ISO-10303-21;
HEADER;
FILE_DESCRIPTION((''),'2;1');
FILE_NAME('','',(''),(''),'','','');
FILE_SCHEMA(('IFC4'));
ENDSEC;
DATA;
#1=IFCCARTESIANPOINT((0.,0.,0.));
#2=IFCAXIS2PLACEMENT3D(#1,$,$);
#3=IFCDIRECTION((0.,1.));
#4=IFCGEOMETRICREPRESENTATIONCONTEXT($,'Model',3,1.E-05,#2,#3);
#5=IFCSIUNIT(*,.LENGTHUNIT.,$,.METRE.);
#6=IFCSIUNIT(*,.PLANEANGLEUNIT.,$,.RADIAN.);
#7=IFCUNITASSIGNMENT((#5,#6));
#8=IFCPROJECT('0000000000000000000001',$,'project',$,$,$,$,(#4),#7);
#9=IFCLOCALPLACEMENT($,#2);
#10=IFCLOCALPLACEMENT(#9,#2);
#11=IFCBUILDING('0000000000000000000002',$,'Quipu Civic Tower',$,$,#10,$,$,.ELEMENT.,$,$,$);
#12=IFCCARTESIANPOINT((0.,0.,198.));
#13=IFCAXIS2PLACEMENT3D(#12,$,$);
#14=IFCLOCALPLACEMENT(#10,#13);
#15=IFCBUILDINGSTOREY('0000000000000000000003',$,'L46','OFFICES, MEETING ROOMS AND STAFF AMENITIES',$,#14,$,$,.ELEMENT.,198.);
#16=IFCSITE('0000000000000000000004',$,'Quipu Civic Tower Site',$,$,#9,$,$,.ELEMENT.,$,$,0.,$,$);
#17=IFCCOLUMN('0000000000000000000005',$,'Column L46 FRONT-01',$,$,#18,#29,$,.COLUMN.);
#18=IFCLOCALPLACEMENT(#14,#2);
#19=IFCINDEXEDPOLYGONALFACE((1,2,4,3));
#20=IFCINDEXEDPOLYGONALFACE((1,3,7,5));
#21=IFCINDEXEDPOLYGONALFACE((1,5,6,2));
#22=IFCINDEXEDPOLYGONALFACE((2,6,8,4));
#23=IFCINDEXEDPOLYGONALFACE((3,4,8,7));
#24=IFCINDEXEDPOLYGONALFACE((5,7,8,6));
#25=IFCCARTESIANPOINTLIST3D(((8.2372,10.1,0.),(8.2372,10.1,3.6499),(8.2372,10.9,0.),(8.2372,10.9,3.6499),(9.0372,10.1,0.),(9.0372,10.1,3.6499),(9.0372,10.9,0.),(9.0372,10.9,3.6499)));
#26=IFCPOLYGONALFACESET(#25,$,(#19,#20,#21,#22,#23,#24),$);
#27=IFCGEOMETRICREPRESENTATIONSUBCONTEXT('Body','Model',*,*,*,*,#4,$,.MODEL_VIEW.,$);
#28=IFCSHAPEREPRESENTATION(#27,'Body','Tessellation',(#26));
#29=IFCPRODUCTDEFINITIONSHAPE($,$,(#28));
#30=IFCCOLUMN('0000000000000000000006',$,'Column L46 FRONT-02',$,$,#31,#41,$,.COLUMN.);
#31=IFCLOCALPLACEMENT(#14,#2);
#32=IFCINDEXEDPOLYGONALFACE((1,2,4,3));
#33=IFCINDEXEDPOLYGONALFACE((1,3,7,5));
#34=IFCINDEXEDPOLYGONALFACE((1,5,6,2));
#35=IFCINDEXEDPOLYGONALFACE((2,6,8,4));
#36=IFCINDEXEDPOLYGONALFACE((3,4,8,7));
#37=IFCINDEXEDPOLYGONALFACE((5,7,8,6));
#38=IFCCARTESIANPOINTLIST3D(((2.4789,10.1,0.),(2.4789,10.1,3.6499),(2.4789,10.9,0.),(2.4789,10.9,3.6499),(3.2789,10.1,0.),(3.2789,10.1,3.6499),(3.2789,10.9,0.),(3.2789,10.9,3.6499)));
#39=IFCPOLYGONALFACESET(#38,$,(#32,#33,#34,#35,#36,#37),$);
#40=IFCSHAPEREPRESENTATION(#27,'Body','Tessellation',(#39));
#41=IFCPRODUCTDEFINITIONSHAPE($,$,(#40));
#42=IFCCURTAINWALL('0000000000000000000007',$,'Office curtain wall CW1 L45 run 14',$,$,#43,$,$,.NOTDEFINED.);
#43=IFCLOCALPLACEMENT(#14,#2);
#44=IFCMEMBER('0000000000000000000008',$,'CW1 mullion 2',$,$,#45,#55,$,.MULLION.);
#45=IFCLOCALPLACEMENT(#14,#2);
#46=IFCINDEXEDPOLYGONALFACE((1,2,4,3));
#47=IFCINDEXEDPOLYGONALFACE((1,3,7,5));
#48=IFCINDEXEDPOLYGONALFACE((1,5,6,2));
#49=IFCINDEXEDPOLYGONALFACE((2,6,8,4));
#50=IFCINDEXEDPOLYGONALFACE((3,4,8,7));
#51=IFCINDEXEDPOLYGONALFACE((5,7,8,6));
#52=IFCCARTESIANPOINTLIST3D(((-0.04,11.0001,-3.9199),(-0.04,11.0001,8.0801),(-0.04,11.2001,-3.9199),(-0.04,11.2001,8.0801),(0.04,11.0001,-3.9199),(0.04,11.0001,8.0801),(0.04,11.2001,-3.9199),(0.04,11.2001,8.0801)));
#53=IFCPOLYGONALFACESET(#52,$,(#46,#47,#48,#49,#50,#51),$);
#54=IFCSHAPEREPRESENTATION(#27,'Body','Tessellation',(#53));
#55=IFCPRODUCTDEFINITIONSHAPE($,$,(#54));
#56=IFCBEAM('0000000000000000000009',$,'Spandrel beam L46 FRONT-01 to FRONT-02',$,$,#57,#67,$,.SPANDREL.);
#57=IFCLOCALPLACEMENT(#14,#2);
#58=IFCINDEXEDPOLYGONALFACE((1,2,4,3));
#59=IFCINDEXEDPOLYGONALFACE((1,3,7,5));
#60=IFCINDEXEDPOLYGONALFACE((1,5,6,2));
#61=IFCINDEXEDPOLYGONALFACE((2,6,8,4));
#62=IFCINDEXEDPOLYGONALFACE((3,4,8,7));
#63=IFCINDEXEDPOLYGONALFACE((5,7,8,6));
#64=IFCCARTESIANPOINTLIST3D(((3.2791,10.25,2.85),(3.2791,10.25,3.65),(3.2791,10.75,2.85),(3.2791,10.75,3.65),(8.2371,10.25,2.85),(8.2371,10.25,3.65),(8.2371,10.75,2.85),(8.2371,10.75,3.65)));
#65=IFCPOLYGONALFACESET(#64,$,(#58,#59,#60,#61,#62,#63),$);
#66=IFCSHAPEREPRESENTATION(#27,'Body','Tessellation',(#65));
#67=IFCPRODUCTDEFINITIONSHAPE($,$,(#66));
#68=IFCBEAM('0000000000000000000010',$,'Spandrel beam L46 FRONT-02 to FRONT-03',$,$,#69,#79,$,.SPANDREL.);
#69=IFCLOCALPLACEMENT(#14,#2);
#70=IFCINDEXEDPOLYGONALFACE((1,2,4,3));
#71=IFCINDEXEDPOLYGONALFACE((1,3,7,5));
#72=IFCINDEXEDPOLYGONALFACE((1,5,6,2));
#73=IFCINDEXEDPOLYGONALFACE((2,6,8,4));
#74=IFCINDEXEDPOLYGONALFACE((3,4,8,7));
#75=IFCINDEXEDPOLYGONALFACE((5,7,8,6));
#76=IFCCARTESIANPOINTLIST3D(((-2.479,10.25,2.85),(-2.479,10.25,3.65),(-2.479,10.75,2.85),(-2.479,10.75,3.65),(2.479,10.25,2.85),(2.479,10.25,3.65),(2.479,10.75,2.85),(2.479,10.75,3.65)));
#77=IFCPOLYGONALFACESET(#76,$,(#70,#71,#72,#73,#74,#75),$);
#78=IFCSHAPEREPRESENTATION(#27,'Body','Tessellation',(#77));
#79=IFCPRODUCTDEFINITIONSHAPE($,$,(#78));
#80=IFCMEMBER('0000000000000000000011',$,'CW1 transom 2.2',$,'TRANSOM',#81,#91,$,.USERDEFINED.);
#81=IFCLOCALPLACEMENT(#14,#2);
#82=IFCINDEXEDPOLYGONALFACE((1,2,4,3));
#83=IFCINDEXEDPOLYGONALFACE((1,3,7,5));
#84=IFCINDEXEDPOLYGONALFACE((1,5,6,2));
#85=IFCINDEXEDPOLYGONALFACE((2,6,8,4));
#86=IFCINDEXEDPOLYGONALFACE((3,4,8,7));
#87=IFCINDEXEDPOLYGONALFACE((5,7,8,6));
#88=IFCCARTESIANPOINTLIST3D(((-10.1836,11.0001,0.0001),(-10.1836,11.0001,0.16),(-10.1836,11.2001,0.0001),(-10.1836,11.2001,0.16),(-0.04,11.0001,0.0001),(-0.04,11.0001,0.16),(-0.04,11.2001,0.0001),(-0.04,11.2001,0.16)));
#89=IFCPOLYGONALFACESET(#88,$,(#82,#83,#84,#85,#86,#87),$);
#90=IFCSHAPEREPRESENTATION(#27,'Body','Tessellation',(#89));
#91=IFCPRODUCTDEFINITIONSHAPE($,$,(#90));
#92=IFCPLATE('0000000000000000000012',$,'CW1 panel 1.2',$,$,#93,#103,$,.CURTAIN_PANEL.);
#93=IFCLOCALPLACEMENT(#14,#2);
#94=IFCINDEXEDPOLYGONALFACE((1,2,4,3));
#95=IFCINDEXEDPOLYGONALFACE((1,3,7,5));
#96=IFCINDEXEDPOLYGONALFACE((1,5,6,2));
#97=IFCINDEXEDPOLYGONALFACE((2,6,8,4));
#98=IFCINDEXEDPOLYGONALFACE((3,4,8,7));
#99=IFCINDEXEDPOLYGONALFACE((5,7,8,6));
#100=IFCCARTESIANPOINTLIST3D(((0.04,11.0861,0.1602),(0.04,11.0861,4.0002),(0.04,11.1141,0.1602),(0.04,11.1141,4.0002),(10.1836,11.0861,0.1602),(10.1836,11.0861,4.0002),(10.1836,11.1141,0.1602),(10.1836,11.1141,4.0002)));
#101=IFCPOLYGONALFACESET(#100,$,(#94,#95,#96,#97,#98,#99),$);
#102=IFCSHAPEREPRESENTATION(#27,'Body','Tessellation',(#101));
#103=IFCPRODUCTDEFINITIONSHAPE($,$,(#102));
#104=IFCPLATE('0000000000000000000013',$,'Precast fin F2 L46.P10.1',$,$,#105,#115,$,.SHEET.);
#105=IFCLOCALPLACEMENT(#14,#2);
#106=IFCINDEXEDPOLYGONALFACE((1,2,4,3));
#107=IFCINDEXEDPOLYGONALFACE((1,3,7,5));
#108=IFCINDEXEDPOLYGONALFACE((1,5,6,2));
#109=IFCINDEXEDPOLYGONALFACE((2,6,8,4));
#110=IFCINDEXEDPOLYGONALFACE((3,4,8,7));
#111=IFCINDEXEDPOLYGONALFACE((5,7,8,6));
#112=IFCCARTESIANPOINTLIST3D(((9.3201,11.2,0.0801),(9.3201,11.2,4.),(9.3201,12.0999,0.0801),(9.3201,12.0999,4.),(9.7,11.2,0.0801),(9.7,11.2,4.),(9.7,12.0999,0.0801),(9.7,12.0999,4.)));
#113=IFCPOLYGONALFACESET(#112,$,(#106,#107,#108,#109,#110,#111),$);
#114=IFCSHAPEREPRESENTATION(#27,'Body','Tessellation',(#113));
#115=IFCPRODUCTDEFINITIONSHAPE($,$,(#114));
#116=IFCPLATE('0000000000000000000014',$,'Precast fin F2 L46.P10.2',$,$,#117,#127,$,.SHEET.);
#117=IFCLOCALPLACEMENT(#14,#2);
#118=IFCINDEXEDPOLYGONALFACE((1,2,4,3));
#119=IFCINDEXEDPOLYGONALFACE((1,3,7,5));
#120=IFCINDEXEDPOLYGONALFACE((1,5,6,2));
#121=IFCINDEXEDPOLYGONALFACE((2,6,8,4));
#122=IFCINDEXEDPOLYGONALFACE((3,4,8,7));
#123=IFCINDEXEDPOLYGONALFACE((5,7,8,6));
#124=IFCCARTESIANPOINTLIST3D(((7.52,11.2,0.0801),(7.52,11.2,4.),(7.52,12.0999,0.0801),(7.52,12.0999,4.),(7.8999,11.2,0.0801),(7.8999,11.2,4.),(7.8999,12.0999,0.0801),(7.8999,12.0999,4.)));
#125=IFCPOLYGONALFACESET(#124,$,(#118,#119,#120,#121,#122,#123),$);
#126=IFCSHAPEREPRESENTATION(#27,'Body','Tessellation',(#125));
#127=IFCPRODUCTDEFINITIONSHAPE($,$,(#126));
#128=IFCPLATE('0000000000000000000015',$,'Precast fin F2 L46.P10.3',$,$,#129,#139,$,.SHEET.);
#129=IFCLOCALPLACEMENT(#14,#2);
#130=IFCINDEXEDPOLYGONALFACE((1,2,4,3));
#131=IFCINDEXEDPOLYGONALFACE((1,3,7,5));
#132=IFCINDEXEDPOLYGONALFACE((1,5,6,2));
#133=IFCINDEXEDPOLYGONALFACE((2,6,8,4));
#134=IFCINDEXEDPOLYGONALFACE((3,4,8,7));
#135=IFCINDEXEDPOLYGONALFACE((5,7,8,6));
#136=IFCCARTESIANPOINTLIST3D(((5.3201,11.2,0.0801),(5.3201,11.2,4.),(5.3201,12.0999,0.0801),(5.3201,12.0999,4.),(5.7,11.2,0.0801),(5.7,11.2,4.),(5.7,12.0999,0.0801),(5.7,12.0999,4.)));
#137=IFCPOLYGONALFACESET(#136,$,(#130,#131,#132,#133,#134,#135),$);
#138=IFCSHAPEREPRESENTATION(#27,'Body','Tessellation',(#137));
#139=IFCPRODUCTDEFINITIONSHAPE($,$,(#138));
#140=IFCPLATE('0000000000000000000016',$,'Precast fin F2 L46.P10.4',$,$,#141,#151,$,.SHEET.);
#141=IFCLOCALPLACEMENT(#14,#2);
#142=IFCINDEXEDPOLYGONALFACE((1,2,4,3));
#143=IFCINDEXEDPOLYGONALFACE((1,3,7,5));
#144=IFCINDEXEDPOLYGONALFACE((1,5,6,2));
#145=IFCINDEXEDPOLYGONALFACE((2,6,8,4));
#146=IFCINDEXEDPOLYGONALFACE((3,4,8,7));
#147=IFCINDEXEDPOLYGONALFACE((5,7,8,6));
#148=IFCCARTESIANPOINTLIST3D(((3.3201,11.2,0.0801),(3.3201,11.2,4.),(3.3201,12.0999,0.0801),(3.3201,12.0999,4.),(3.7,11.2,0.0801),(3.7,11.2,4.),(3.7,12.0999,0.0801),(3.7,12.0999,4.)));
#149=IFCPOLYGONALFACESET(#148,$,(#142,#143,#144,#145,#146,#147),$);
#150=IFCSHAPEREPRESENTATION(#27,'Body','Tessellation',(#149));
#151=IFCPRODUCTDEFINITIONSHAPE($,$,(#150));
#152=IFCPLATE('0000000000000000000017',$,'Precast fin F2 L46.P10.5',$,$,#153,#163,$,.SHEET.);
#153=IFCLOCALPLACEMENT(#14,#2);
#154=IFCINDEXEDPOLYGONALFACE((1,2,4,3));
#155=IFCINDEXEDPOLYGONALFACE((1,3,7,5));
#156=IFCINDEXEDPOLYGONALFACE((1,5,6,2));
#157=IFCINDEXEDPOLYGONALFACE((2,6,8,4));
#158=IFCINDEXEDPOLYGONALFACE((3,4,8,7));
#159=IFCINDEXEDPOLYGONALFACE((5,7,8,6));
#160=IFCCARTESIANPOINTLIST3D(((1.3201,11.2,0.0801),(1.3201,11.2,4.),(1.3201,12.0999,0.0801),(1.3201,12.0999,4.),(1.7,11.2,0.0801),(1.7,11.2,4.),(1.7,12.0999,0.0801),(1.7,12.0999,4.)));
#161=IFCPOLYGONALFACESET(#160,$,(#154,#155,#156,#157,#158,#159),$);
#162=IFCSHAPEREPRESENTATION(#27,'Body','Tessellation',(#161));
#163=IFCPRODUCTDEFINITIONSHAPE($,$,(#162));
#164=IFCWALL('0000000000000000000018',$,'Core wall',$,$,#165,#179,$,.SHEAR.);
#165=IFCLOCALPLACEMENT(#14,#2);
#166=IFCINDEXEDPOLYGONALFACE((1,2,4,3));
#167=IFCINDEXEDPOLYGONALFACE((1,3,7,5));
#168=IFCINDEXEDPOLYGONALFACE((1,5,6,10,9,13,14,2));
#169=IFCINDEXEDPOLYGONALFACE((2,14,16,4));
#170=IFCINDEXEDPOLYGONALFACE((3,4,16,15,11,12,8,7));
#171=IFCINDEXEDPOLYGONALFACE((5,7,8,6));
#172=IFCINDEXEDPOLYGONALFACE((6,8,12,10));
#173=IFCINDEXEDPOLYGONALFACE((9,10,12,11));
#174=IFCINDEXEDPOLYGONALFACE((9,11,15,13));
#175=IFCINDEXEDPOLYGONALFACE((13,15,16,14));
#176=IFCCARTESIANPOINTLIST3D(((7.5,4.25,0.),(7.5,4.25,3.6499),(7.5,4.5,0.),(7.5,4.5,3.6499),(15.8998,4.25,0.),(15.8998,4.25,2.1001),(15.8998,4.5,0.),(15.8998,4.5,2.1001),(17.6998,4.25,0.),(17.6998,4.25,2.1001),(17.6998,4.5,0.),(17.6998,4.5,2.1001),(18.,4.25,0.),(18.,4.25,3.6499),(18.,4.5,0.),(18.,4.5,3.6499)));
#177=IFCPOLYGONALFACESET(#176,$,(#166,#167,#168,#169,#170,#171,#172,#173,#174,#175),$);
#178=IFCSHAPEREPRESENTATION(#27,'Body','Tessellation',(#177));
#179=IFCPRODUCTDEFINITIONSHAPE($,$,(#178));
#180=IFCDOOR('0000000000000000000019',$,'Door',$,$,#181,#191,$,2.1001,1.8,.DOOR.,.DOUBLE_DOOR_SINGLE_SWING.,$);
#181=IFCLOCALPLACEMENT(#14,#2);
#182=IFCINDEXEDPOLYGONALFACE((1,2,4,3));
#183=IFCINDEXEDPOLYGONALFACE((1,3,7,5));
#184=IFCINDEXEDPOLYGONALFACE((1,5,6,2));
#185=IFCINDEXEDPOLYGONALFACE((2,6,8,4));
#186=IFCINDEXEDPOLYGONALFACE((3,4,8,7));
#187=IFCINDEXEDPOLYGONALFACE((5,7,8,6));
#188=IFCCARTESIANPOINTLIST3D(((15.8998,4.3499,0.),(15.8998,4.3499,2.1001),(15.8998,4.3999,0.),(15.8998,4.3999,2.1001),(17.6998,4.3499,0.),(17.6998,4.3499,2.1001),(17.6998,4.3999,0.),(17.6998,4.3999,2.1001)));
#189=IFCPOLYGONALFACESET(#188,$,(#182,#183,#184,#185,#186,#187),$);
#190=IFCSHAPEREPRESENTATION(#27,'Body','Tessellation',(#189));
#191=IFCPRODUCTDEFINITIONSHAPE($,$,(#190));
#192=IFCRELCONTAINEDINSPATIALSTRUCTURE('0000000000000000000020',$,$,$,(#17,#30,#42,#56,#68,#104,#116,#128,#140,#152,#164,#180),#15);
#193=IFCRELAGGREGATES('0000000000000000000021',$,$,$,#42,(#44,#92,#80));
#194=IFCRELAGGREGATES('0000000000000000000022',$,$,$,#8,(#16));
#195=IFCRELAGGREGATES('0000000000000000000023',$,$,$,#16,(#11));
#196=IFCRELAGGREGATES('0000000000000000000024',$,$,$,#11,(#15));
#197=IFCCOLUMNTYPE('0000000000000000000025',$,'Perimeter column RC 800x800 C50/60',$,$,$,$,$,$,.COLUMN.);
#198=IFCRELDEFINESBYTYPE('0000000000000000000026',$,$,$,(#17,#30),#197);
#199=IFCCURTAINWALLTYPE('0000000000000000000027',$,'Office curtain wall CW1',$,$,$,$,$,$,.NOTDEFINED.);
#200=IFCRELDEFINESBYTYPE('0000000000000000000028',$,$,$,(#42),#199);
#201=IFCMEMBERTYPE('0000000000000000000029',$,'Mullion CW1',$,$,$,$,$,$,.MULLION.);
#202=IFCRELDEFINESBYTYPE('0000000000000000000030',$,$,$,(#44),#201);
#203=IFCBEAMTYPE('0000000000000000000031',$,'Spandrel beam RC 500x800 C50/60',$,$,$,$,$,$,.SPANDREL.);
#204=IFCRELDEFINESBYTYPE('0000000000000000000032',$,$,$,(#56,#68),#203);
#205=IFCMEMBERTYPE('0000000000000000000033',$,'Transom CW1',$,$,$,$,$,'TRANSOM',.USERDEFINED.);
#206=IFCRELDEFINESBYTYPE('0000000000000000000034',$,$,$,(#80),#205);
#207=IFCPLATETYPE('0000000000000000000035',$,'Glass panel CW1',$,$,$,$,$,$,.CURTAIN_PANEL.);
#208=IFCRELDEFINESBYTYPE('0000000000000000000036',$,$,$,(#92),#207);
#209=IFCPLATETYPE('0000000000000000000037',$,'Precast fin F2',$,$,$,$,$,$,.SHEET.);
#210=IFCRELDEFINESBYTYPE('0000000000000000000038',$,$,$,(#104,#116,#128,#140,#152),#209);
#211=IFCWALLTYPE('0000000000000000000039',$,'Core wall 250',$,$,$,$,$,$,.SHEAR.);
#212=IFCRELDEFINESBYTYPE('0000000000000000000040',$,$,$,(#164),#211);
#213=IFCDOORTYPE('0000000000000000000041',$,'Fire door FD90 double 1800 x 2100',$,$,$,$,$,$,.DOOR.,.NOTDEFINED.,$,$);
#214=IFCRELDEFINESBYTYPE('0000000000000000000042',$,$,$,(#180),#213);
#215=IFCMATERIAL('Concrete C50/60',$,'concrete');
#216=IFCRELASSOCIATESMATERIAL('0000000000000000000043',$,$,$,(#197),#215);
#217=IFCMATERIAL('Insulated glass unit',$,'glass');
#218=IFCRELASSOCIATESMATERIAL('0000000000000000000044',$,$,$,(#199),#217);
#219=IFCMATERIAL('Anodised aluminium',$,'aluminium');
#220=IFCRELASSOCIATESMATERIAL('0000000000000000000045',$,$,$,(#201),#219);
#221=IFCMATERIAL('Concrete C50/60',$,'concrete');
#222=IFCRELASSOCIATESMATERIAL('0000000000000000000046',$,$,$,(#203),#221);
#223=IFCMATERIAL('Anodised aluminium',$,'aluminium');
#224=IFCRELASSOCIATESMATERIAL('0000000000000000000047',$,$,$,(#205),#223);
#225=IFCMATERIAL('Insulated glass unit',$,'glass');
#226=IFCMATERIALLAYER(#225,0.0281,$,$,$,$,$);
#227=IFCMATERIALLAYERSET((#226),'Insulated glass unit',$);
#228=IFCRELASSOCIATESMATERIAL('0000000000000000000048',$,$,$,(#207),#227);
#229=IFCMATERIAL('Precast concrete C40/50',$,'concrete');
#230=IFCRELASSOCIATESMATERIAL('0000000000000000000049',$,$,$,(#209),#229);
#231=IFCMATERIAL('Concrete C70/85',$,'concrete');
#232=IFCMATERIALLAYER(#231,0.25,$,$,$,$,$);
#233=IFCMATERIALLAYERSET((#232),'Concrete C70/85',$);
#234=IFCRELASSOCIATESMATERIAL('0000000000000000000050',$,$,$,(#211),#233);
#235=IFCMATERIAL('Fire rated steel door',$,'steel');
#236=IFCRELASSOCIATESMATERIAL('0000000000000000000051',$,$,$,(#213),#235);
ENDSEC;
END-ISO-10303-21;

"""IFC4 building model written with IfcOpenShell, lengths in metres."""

from ifc_helpers import new_model, si_unit, direction, frame, frame_2d, origin, origin_2d, place, context, subcontext, project, spatial, rectangle, extrude, material, layer, layer_set, material_profile, profile_set, type_object, element, fill, aggregate, save


model = new_model("IFC4")

# Units and contexts
model_context = context("Model", 3, precision=1e-05, world=origin(), true_north=direction((0.0, 1.0)))
body_context = subcontext(model_context, "Body", "Model", "MODEL_VIEW")
ifc_project = project(units=[si_unit("LENGTHUNIT", "METRE"), si_unit("PLANEANGLEUNIT", "RADIAN")], contexts=[model_context])

# Site, building, storey
site_placement = place(None, origin())
site = spatial("IfcSite", under=ifc_project, at=site_placement, Name="Quipu Civic Tower Site", CompositionType="ELEMENT", RefElevation=0.0)
building_placement = place(site_placement, origin())
building = spatial("IfcBuilding", under=site, at=building_placement, Name="Quipu Civic Tower", CompositionType="ELEMENT")
storey_placement = place(building_placement, frame((0.0, 0.0, 198.0)))
storey = spatial("IfcBuildingStorey", under=building, at=storey_placement, Name="L46", Description="OFFICES, MEETING ROOMS AND STAFF AMENITIES", CompositionType="ELEMENT", Elevation=198.0)

# Columns
ifc_material_1 = material(Name="Concrete C50/60", Category="concrete")
ifc_material_profile_1 = material_profile(ifc_material_1, rectangle(XDim=0.8, YDim=0.8, at=origin_2d()), Name="RC800x800")
ifc_profile_set_1 = profile_set([ifc_material_profile_1], Name="Concrete C50/60")
column_type = type_object("IfcColumnType", Name="Perimeter column RC 800x800 C50/60", PredefinedType="COLUMN", material=ifc_profile_set_1)
for number, where, z_axis, x_axis, name in (
    (1, (8.6372, 10.5, 0.0), (0.0, 0.0, 1.0), (-1.0, 0.0, 0.0), "Column L46 FRONT-01"),
    (2, (2.8789, 10.5, 0.0), (0.0, 0.0, 1.0), (-1.0, 0.0, 0.0), "Column L46 FRONT-02"),
):
    element("IfcColumn", number, at=place(storey_placement, frame(where, z_axis=z_axis, x_axis=x_axis)), inside=storey, type_object=column_type, Name=name, PredefinedType="COLUMN", context=body_context, shape_type="SweptSolid", body=[
        extrude(rectangle(XDim=0.8, YDim=0.8, at=origin_2d()), origin(), (0.0, 0.0, 1.0), 3.6499),
    ])

# Curtain wall, member
ifc_material_2 = material(Name="Insulated glass unit", Category="glass")
curtain_wall_type = type_object("IfcCurtainWallType", Name="Office curtain wall CW1", PredefinedType="NOTDEFINED", material=ifc_material_2)
curtain_wall_placement = place(storey_placement, origin())
curtain_wall = element("IfcCurtainWall", 3, at=curtain_wall_placement, inside=storey, type_object=curtain_wall_type, Name="Office curtain wall CW1 L45 run 14", PredefinedType="NOTDEFINED")
ifc_material_3 = material(Name="Anodised aluminium", Category="aluminium")
ifc_material_profile_2 = material_profile(ifc_material_3, rectangle(XDim=0.2, YDim=0.0801, at=origin_2d()), Name="RECT 200x80")
ifc_profile_set_2 = profile_set([ifc_material_profile_2], Name="Anodised aluminium")
member_type_1 = type_object("IfcMemberType", Name="Mullion CW1", PredefinedType="MULLION", material=ifc_profile_set_2)
member_1_placement = place(storey_placement, frame((0.0, 11.1001, -3.9199), z_axis=(0.0, 0.0, 1.0), x_axis=(0.0, -1.0, 0.0)))
member_1 = element("IfcMember", 4, at=member_1_placement, type_object=member_type_1, Name="CW1 mullion 2", PredefinedType="MULLION", context=body_context, shape_type="SweptSolid", body=[
    extrude(rectangle(XDim=0.2, YDim=0.0801, at=origin_2d()), origin(), (0.0, 0.0, 1.0), 12.0),
])

# Beams
ifc_material_4 = material(Name="Concrete C50/60", Category="concrete")
ifc_material_profile_3 = material_profile(ifc_material_4, rectangle(XDim=0.5, YDim=0.8, at=origin_2d()), Name="RC500x800")
ifc_profile_set_3 = profile_set([ifc_material_profile_3], Name="Concrete C50/60")
beam_type = type_object("IfcBeamType", Name="Spandrel beam RC 500x800 C50/60", PredefinedType="SPANDREL", material=ifc_profile_set_3)
for number, where, z_axis, x_axis, name in (
    (5, (8.2371, 10.5, 3.25), (-1.0, 0.0, 0.0), (0.0, -1.0, 0.0), "Spandrel beam L46 FRONT-01 to FRONT-02"),
    (6, (2.479, 10.5, 3.25), (-1.0, 0.0, 0.0), (0.0, -1.0, 0.0), "Spandrel beam L46 FRONT-02 to FRONT-03"),
):
    element("IfcBeam", number, at=place(storey_placement, frame(where, z_axis=z_axis, x_axis=x_axis)), inside=storey, type_object=beam_type, Name=name, PredefinedType="SPANDREL", context=body_context, shape_type="SweptSolid", body=[
        extrude(rectangle(XDim=0.5, YDim=0.8, at=origin_2d()), origin(), (0.0, 0.0, 1.0), 4.958),
    ])

# Member
ifc_material_5 = material(Name="Anodised aluminium", Category="aluminium")
ifc_material_profile_4 = material_profile(ifc_material_5, rectangle(XDim=0.2, YDim=0.1599, at=origin_2d()), Name="RECT 200x160")
ifc_profile_set_4 = profile_set([ifc_material_profile_4], Name="Anodised aluminium")
member_type_2 = type_object("IfcMemberType", Name="Transom CW1", ElementType="TRANSOM", PredefinedType="USERDEFINED", material=ifc_profile_set_4)
member_2_placement = place(storey_placement, frame((-0.04, 11.1001, 0.0801), z_axis=(-1.0, 0.0, 0.0), x_axis=(0.0, -1.0, 0.0)))
member_2 = element("IfcMember", 7, at=member_2_placement, type_object=member_type_2, Name="CW1 transom 2.2", ObjectType="TRANSOM", PredefinedType="USERDEFINED", context=body_context, shape_type="SweptSolid", body=[
    extrude(rectangle(XDim=0.2, YDim=0.1599, at=origin_2d()), origin(), (0.0, 0.0, 1.0), 10.1436),
])

# Plate
ifc_material_6 = material(Name="Insulated glass unit", Category="glass")
ifc_layer_1 = layer(ifc_material_6, 0.0281)
ifc_layer_set_1 = layer_set([ifc_layer_1], Name="Insulated glass unit")
plate_type_1 = type_object("IfcPlateType", Name="Glass panel CW1", PredefinedType="CURTAIN_PANEL", material=ifc_layer_set_1)
plate_placement = place(storey_placement, frame((5.1118, 11.1001, 0.1602), z_axis=(0.0, 0.0, 1.0), x_axis=(-1.0, 0.0, 0.0)))
plate = element("IfcPlate", 8, at=plate_placement, type_object=plate_type_1, Name="CW1 panel 1.2", PredefinedType="CURTAIN_PANEL", context=body_context, shape_type="SweptSolid", body=[
    extrude(rectangle(XDim=10.1436, YDim=0.0281, at=origin_2d()), origin(), (0.0, 0.0, 1.0), 3.8401),
])
aggregate(curtain_wall, [member_1, plate, member_2])

# Plates
ifc_material_7 = material(Name="Precast concrete C40/50", Category="concrete")
plate_type_2 = type_object("IfcPlateType", Name="Precast fin F2", PredefinedType="SHEET", material=ifc_material_7)
for number, where, z_axis, x_axis, name in (
    (9, (9.51, 11.6499, 0.0801), (0.0, 0.0, 1.0), (-1.0, 0.0, 0.0), "Precast fin F2 L46.P10.1"),
    (10, (7.71, 11.6499, 0.0801), (0.0, 0.0, 1.0), (-1.0, 0.0, 0.0), "Precast fin F2 L46.P10.2"),
    (11, (5.51, 11.6499, 0.0801), (0.0, 0.0, 1.0), (-1.0, 0.0, 0.0), "Precast fin F2 L46.P10.3"),
    (12, (3.51, 11.6499, 0.0801), (0.0, 0.0, 1.0), (-1.0, 0.0, 0.0), "Precast fin F2 L46.P10.4"),
    (13, (1.51, 11.6499, 0.0801), (0.0, 0.0, 1.0), (-1.0, 0.0, 0.0), "Precast fin F2 L46.P10.5"),
):
    element("IfcPlate", number, at=place(storey_placement, frame(where, z_axis=z_axis, x_axis=x_axis)), inside=storey, type_object=plate_type_2, Name=name, PredefinedType="SHEET", context=body_context, shape_type="SweptSolid", body=[
        extrude(rectangle(XDim=0.3799, YDim=0.8999, at=origin_2d()), origin(), (0.0, 0.0, 1.0), 3.9199),
    ])

# Wall, opening, door
ifc_material_8 = material(Name="Concrete C70/85", Category="concrete")
ifc_layer_2 = layer(ifc_material_8, 0.25)
ifc_layer_set_2 = layer_set([ifc_layer_2], Name="Concrete C70/85")
wall_type_1 = type_object("IfcWallType", Name="Core wall 250", PredefinedType="SHEAR", material=ifc_layer_set_2)
wall_1_placement = place(storey_placement, frame((7.5, 4.375, 0.0), z_axis=(0.0, 0.0, 1.0), x_axis=(1.0, 0.0, 0.0)))
wall_1 = element("IfcWall", 14, at=wall_1_placement, inside=storey, type_object=wall_type_1, Name="Core wall", PredefinedType="SHEAR", context=body_context, shape_type="SweptSolid", body=[
    extrude(rectangle(XDim=10.5, YDim=0.25, at=frame_2d((5.25, 0.0))), origin(), (0.0, 0.0, 1.0), 3.6499),
])
opening_1_placement = place(wall_1_placement, frame((8.3999, 0.0, 0.0)))
opening_1 = element("IfcOpeningElement", 15, at=opening_1_placement, cuts=wall_1, PredefinedType="OPENING", context=body_context, shape_type="SweptSolid", body=[
    extrude(rectangle(XDim=1.8, YDim=2.1001, at=frame_2d((0.8999, 1.05))), frame((0.0, 0.135, 0.0), z_axis=(0.0, -1.0, 0.0), x_axis=(1.0, 0.0, 0.0)), (0.0, 0.0, 1.0), 0.27),
])
ifc_material_9 = material(Name="Fire rated steel door", Category="steel")
door_type = type_object("IfcDoorType", Name="Fire door FD90 double 1800 x 2100", OperationType="NOTDEFINED", PredefinedType="DOOR", material=ifc_material_9)
door_placement = place(opening_1_placement, origin())
door = element("IfcDoor", 16, at=door_placement, inside=storey, type_object=door_type, Name="Door", OperationType="DOUBLE_DOOR_SINGLE_SWING", OverallHeight=2.1001, OverallWidth=1.8, PredefinedType="DOOR", context=body_context, shape_type="SweptSolid", body=[
    extrude(rectangle(XDim=1.8, YDim=2.1001, at=frame_2d((0.8999, 1.05))), frame((0.0, 0.0249, 0.0), z_axis=(0.0, -1.0, 0.0), x_axis=(1.0, 0.0, 0.0)), (0.0, 0.0, 1.0), 0.05),
])
fill(opening_1, door)

save(model, "model.ifc")
